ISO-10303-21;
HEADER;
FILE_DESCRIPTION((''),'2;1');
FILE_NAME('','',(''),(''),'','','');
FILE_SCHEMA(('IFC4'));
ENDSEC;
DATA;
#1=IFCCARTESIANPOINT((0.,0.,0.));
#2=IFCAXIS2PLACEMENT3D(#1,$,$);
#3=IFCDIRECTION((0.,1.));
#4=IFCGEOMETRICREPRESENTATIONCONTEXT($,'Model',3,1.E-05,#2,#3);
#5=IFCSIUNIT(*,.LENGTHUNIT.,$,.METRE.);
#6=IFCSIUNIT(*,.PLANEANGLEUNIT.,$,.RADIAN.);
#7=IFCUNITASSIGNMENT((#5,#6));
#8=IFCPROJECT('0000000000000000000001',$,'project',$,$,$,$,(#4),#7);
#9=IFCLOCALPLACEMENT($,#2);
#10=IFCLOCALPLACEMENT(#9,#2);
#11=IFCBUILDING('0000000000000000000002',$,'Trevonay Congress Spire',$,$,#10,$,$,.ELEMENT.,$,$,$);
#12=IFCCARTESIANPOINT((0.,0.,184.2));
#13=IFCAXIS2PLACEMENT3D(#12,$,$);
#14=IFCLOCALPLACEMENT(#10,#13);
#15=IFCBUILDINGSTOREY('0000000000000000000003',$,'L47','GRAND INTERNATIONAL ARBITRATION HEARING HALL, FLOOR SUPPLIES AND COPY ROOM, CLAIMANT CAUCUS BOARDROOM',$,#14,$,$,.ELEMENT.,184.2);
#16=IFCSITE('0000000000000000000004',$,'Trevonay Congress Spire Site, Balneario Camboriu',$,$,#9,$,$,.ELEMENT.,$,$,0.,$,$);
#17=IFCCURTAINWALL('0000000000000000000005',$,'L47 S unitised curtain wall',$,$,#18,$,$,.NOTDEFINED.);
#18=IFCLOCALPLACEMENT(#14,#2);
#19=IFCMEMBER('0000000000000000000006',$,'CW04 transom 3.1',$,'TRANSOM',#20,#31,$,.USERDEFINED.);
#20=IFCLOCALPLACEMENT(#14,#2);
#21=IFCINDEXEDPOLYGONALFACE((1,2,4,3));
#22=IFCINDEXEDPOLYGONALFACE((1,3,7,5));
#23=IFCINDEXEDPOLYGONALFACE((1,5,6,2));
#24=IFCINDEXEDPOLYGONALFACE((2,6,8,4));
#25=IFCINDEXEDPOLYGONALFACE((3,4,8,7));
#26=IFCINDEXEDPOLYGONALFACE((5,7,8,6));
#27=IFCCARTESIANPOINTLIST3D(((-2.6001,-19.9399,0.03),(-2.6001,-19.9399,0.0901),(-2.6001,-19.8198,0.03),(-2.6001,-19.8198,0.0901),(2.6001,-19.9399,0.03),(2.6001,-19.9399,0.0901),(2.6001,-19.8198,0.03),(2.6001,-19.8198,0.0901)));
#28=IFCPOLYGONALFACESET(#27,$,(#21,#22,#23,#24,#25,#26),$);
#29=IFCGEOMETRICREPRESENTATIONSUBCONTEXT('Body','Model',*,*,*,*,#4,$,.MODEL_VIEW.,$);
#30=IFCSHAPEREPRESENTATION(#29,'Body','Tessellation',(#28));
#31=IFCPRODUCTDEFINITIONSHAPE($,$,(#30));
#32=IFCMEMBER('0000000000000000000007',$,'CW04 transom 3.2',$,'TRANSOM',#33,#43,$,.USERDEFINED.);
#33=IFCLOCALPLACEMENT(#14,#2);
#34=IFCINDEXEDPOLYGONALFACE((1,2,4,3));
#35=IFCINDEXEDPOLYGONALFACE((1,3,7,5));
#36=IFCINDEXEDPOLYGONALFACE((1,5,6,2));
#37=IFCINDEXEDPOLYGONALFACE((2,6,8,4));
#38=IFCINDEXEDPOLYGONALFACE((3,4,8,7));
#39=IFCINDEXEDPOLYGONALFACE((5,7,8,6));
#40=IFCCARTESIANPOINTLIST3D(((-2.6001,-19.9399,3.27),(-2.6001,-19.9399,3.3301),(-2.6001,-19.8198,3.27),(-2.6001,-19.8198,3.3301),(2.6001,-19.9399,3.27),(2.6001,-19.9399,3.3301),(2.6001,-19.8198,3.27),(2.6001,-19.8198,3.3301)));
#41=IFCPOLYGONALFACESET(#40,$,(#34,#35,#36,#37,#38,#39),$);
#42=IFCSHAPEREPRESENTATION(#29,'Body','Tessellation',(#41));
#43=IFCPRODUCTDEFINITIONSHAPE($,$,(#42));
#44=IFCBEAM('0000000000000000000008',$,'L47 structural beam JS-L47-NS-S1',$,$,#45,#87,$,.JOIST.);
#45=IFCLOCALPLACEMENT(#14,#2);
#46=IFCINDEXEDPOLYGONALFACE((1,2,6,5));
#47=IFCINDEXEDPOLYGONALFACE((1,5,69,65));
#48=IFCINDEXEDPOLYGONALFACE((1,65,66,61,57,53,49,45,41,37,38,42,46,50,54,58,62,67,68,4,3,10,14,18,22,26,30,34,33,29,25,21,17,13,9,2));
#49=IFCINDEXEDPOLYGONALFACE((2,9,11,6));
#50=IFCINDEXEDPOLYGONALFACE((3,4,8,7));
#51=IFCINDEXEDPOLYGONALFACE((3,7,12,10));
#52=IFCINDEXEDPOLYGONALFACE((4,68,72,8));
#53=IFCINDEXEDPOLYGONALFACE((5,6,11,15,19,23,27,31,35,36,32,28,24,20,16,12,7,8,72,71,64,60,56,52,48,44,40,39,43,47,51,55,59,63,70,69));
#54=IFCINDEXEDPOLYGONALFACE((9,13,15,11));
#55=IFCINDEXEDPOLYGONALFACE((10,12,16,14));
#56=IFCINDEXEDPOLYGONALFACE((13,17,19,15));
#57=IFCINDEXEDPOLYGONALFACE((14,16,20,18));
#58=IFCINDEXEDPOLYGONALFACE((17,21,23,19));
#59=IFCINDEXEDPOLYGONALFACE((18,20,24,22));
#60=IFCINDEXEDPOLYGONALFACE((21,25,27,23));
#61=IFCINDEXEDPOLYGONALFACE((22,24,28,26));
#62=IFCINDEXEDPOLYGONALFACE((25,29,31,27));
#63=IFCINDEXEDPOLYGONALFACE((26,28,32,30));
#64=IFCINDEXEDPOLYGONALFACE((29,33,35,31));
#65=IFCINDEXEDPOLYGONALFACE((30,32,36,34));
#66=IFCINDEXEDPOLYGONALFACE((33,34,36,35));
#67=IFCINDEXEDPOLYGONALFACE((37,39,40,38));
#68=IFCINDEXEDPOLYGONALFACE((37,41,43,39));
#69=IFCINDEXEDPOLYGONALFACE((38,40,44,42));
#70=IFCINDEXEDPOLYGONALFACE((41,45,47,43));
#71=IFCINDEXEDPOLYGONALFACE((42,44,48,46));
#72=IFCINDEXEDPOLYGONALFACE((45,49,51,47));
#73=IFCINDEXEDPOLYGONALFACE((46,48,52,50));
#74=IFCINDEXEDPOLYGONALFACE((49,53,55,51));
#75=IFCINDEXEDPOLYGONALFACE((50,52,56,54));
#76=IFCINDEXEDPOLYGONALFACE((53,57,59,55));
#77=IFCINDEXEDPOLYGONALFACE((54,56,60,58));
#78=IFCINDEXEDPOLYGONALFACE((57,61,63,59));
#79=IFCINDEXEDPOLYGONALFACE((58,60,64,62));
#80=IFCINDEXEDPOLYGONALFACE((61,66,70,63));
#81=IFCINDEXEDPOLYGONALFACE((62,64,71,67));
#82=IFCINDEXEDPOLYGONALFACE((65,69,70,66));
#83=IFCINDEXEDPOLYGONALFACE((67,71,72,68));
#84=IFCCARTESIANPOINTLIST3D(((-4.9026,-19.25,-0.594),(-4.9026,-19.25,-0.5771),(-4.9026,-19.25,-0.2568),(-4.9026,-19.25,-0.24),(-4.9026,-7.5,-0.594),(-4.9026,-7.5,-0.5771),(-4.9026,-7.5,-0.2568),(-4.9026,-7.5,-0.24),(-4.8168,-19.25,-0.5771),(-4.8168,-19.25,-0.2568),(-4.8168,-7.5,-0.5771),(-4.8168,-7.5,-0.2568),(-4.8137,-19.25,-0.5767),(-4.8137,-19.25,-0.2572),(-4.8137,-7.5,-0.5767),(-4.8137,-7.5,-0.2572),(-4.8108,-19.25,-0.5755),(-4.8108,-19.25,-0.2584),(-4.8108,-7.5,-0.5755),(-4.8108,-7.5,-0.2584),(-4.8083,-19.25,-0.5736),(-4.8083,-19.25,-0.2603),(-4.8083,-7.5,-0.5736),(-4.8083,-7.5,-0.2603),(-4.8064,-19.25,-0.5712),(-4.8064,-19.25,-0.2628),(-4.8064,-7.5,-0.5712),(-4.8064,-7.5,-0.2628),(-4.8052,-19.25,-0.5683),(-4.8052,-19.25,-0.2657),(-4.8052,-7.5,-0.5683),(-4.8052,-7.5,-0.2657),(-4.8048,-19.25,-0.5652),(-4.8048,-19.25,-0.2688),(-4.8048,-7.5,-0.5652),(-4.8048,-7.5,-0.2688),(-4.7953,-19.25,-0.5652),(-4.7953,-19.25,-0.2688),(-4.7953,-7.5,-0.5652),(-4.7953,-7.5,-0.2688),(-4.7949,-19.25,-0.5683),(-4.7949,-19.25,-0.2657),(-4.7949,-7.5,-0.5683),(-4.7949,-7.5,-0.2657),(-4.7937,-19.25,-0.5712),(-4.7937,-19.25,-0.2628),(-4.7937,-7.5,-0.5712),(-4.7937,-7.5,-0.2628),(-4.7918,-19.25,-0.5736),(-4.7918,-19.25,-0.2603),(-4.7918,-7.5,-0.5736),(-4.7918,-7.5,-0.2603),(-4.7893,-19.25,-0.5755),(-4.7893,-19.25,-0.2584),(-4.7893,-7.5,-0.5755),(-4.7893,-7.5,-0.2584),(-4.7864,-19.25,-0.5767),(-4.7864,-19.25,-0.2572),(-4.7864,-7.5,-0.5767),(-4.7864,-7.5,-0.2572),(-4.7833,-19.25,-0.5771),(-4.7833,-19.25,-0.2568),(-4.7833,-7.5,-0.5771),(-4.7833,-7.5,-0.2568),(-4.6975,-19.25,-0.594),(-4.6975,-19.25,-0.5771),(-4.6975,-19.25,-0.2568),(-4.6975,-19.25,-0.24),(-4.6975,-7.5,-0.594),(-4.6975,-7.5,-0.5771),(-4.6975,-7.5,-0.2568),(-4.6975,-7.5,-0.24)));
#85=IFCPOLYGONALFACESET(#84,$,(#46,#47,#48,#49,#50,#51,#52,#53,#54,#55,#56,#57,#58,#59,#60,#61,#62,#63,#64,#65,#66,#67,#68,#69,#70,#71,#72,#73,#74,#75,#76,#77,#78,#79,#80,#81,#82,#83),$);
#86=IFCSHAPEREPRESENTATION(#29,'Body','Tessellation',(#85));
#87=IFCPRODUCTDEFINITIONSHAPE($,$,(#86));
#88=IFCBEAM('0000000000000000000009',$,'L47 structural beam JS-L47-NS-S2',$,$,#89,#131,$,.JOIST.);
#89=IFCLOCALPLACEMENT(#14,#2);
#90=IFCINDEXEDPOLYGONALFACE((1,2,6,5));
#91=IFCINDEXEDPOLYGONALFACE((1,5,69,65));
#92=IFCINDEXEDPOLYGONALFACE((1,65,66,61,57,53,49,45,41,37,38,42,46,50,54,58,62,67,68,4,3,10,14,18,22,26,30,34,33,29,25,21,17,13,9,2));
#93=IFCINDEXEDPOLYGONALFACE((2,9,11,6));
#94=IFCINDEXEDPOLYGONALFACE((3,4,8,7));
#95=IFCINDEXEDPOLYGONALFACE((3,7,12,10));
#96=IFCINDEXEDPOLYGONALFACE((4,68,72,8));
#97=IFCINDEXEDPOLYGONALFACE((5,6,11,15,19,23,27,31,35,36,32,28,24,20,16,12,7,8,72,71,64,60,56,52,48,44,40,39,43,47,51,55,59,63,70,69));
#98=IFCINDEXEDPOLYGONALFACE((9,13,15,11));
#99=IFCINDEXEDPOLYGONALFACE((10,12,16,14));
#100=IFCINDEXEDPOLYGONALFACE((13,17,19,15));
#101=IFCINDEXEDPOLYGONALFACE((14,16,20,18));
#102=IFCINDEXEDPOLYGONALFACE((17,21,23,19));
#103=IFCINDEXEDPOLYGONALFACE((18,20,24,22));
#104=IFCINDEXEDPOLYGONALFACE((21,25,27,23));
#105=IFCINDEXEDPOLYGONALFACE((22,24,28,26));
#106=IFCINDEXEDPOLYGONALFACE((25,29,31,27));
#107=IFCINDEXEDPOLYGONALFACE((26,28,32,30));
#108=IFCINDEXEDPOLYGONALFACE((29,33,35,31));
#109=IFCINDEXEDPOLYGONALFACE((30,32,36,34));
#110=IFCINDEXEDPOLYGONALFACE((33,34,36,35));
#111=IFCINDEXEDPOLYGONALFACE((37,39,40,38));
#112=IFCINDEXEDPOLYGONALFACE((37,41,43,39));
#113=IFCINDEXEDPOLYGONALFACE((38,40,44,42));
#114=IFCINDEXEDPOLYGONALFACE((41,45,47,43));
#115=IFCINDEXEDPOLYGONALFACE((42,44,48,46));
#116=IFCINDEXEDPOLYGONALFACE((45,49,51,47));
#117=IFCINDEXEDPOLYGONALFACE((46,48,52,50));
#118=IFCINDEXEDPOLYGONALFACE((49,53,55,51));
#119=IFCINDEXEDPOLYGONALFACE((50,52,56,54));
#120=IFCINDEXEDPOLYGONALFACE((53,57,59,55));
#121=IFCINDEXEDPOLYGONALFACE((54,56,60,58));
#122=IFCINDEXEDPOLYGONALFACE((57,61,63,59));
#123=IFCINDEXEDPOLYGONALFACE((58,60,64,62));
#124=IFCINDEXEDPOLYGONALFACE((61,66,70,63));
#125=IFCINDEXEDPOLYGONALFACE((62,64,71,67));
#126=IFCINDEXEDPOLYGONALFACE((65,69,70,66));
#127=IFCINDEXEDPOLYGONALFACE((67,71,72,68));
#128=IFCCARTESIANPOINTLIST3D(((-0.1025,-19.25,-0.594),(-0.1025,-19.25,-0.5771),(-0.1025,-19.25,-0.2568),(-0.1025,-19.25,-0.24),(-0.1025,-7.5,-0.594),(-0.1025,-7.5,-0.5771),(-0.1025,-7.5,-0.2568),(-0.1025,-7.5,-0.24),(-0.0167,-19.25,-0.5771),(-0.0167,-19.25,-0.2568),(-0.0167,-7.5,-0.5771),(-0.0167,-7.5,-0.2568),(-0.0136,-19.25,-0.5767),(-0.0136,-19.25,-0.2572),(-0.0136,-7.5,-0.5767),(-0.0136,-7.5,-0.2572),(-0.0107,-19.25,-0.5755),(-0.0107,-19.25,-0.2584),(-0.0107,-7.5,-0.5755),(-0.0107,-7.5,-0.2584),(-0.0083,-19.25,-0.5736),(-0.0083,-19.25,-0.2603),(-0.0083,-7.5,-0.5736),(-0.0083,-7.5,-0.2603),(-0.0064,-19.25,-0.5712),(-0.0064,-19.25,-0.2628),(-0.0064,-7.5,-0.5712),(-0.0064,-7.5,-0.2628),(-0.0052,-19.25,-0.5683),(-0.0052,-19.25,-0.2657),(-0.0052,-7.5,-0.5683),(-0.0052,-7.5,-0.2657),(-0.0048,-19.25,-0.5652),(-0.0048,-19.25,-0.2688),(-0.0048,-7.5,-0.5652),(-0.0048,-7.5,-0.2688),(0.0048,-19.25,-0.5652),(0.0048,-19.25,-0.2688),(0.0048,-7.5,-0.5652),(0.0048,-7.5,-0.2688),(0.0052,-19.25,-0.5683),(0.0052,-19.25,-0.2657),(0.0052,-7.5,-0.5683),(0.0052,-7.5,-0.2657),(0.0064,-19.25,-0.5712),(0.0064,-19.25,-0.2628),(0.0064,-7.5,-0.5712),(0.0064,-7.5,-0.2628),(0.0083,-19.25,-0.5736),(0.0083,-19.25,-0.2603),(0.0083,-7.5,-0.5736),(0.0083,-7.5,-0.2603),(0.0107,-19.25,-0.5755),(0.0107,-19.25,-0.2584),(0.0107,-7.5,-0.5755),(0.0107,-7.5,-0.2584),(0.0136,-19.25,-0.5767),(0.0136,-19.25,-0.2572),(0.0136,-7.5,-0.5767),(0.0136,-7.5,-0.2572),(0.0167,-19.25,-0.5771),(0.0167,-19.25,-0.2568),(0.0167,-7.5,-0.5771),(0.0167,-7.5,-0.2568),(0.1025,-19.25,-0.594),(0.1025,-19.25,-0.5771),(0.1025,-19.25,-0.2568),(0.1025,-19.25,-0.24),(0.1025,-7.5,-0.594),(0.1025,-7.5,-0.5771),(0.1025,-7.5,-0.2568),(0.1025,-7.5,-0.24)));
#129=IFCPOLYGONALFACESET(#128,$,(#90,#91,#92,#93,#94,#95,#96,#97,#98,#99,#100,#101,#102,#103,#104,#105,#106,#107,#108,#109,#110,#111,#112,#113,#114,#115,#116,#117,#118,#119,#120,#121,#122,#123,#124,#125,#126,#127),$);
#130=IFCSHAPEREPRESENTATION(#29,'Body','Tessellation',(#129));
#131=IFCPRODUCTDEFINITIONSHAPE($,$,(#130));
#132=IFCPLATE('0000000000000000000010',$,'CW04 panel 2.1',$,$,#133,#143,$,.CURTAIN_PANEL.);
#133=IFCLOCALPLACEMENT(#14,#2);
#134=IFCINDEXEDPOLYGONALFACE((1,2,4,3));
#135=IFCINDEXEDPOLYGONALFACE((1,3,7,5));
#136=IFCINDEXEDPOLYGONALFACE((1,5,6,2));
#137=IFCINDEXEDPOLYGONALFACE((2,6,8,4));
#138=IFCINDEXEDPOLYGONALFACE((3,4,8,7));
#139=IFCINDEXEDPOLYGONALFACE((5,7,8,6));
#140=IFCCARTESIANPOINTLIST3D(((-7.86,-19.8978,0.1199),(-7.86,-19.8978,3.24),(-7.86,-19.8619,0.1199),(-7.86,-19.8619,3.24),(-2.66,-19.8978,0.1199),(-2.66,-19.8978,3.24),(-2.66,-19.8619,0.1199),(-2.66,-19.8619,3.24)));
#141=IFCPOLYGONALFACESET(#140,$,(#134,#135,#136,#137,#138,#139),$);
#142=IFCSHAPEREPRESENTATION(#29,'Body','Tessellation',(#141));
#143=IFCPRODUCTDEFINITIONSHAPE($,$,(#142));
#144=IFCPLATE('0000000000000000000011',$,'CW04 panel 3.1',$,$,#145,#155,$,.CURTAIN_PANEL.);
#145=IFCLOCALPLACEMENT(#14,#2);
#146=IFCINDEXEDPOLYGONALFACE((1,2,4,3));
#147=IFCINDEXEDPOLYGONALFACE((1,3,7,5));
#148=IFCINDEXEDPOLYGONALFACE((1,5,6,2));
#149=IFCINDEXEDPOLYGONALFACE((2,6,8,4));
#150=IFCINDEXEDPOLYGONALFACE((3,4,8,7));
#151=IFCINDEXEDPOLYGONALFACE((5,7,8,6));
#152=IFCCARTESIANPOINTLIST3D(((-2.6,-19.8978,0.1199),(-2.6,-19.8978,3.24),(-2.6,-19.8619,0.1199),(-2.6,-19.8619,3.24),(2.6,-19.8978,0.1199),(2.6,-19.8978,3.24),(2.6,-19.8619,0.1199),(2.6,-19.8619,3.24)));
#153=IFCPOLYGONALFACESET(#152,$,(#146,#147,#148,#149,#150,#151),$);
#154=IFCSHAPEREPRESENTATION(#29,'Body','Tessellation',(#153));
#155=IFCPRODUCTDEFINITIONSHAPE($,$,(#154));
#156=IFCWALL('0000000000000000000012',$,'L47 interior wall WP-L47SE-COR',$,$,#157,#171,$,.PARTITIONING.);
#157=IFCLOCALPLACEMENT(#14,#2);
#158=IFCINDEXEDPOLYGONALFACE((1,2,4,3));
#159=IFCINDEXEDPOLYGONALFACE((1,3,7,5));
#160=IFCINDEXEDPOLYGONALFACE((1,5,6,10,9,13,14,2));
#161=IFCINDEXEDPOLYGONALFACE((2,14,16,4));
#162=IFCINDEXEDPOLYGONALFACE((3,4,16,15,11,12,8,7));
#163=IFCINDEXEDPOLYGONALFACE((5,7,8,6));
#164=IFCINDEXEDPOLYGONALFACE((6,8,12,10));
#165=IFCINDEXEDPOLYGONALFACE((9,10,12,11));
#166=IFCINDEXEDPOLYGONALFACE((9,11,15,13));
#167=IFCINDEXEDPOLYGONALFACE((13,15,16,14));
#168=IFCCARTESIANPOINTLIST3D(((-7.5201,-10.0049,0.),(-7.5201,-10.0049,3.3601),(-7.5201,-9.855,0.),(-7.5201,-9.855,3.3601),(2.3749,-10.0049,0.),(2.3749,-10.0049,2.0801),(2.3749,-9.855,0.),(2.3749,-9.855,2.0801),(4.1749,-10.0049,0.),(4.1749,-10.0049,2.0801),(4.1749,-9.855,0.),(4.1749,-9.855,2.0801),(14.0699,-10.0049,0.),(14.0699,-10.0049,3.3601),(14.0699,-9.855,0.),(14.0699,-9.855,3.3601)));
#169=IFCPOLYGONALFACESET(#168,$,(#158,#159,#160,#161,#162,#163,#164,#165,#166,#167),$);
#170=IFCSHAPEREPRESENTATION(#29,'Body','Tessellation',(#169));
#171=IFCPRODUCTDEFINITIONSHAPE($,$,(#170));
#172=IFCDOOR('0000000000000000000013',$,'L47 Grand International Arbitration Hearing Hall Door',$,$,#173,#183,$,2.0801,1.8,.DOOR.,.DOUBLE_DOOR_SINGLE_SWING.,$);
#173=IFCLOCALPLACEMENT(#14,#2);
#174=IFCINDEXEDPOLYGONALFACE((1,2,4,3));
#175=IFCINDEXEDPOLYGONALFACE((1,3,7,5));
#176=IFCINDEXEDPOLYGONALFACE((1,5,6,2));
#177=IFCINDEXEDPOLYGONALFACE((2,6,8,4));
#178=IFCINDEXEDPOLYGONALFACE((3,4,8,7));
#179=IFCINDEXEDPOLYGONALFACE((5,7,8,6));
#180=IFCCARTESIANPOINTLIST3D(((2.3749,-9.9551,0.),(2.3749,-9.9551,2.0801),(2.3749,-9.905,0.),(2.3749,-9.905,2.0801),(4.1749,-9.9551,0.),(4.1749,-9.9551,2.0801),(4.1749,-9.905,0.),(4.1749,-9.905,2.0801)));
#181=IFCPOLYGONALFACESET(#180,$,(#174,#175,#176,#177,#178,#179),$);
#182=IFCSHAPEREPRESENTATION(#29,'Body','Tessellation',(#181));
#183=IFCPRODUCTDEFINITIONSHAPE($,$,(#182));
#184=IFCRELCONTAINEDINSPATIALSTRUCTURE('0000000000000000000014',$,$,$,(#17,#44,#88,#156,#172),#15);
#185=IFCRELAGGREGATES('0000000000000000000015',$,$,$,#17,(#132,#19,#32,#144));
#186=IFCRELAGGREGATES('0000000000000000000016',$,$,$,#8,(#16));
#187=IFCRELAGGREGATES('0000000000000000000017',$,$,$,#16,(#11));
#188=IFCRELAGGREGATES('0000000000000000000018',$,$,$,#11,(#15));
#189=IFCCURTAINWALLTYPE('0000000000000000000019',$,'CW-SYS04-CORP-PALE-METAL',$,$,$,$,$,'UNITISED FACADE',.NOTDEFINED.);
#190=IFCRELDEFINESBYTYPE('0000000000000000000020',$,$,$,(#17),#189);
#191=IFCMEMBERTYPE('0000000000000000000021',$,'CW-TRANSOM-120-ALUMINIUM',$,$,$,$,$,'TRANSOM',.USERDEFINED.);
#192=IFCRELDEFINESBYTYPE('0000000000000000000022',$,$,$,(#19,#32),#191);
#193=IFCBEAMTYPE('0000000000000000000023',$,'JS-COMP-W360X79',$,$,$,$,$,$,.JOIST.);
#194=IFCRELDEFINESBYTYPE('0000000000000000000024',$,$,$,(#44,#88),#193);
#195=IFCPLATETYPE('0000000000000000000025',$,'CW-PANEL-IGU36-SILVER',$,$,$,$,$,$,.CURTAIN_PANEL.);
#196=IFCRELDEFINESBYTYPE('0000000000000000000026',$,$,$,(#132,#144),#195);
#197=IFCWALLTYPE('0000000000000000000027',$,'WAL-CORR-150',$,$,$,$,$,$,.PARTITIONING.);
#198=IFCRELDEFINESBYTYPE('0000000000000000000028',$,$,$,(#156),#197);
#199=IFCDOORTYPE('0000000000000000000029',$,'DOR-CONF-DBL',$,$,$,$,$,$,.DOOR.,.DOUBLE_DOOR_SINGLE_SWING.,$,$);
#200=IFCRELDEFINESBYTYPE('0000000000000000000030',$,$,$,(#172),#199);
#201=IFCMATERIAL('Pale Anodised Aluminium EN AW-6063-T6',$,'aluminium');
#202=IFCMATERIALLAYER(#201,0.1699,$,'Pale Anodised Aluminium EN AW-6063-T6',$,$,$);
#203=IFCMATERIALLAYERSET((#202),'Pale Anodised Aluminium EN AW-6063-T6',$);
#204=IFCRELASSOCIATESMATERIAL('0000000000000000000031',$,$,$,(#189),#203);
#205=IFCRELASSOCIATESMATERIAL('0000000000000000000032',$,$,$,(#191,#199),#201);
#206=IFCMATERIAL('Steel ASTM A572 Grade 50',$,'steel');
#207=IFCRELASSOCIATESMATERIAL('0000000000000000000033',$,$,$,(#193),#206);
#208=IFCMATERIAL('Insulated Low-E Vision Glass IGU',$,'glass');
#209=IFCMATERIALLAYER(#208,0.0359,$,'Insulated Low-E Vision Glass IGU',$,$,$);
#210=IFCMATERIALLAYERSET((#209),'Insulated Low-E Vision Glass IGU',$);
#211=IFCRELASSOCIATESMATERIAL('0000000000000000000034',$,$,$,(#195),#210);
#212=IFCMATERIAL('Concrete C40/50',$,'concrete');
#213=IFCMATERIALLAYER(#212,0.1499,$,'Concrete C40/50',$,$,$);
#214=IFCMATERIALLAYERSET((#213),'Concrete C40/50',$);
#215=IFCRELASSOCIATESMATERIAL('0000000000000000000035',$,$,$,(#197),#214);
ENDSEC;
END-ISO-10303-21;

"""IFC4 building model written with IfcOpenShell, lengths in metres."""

from ifc_helpers import new_model, si_unit, direction, frame, frame_2d, origin, origin_2d, place, context, subcontext, project, spatial, rectangle, i_section, extrude, material, layer, layer_set, material_profile, profile_set, type_object, element, fill, aggregate, save


model = new_model("IFC4")

# Units and contexts
model_context = context("Model", 3, precision=1e-05, world=origin(), true_north=direction((0.0, 1.0)))
body_context = subcontext(model_context, "Body", "Model", "MODEL_VIEW")
ifc_project = project(units=[si_unit("LENGTHUNIT", "METRE"), si_unit("PLANEANGLEUNIT", "RADIAN")], contexts=[model_context])

# Site, building, storey
site_placement = place(None, origin())
site = spatial("IfcSite", under=ifc_project, at=site_placement, Name="Trevonay Congress Spire Site, Balneario Camboriu", CompositionType="ELEMENT", RefElevation=0.0)
building_placement = place(site_placement, origin())
building = spatial("IfcBuilding", under=site, at=building_placement, Name="Trevonay Congress Spire", CompositionType="ELEMENT")
storey_placement = place(building_placement, frame((0.0, 0.0, 184.2)))
storey = spatial("IfcBuildingStorey", under=building, at=storey_placement, Name="L47", Description="GRAND INTERNATIONAL ARBITRATION HEARING HALL, FLOOR SUPPLIES AND COPY ROOM, CLAIMANT CAUCUS BOARDROOM", CompositionType="ELEMENT", Elevation=184.2)

# Shared definitions
ifc_material_1 = material(Name="Steel ASTM A572 Grade 50", Category="steel")

# Curtain wall, members
ifc_material_2 = material(Name="Pale Anodised Aluminium EN AW-6063-T6", Category="aluminium")
ifc_layer_1 = layer(ifc_material_2, 0.1699, Name="Pale Anodised Aluminium EN AW-6063-T6")
ifc_layer_set_1 = layer_set([ifc_layer_1], Name="Pale Anodised Aluminium EN AW-6063-T6")
curtain_wall_type = type_object("IfcCurtainWallType", Name="CW-SYS04-CORP-PALE-METAL", ElementType="UNITISED FACADE", PredefinedType="NOTDEFINED", material=ifc_layer_set_1)
curtain_wall_placement = place(storey_placement, origin())
curtain_wall = element("IfcCurtainWall", 1, at=curtain_wall_placement, inside=storey, type_object=curtain_wall_type, Name="L47 S unitised curtain wall", PredefinedType="NOTDEFINED")
ifc_material_profile_1 = material_profile(ifc_material_2, rectangle(XDim=0.1201, YDim=0.0601, at=origin_2d()), Name="CW-TRANSOM-120-ALUMINIUM")
ifc_profile_set_1 = profile_set([ifc_material_profile_1], Name="Pale Anodised Aluminium EN AW-6063-T6")
member_type_1 = type_object("IfcMemberType", Name="CW-TRANSOM-120-ALUMINIUM", ElementType="TRANSOM", PredefinedType="USERDEFINED", material=ifc_profile_set_1)
member_1_placement = place(storey_placement, frame((-2.6001, -19.8799, 0.0601), z_axis=(1.0, 0.0, 0.0), x_axis=(0.0, 1.0, 0.0)))
member_1 = element("IfcMember", 2, at=member_1_placement, type_object=member_type_1, Name="CW04 transom 3.1", ObjectType="TRANSOM", PredefinedType="USERDEFINED", context=body_context, shape_type="SweptSolid", body=[
    extrude(rectangle(XDim=0.1201, YDim=0.0601, at=origin_2d()), origin(), (0.0, 0.0, 1.0), 5.2002),
])
member_2_placement = place(storey_placement, frame((-2.6001, -19.8799, 3.3), z_axis=(1.0, 0.0, 0.0), x_axis=(0.0, 1.0, 0.0)))
member_2 = element("IfcMember", 3, at=member_2_placement, type_object=member_type_1, Name="CW04 transom 3.2", ObjectType="TRANSOM", PredefinedType="USERDEFINED", context=body_context, shape_type="SweptSolid", body=[
    extrude(rectangle(XDim=0.1201, YDim=0.0601, at=origin_2d()), origin(), (0.0, 0.0, 1.0), 5.2002),
])

# Beams
ifc_material_profile_2 = material_profile(ifc_material_1, i_section(OverallWidth=0.2051, OverallDepth=0.354, WebThickness=0.0095, FlangeThickness=0.0168, FilletRadius=0.012, at=origin_2d()), Name="W360x79")
ifc_profile_set_2 = profile_set([ifc_material_profile_2], Name="Steel ASTM A572 Grade 50")
beam_type_1 = type_object("IfcBeamType", Name="JS-COMP-W360X79", PredefinedType="JOIST", material=ifc_profile_set_2)
for number, where, z_axis, x_axis, name in (
    (4, (-4.8, -19.25, -0.417), (0.0, 1.0, 0.0), (-1.0, 0.0, 0.0), "L47 structural beam JS-L47-NS-S1"),
    (5, (0.0, -19.25, -0.417), (0.0, 1.0, 0.0), (-1.0, 0.0, 0.0), "L47 structural beam JS-L47-NS-S2"),
):
    element("IfcBeam", number, at=place(storey_placement, frame(where, z_axis=z_axis, x_axis=x_axis)), inside=storey, type_object=beam_type_1, Name=name, PredefinedType="JOIST", context=body_context, shape_type="SweptSolid", body=[
        extrude(i_section(OverallWidth=0.2051, OverallDepth=0.354, WebThickness=0.0095, FlangeThickness=0.0168, FilletRadius=0.012, at=origin_2d()), origin(), (0.0, 0.0, 1.0), 11.75),
    ])

# Plates
ifc_material_3 = material(Name="Insulated Low-E Vision Glass IGU", Category="glass")
ifc_layer_2 = layer(ifc_material_3, 0.0359, Name="Insulated Low-E Vision Glass IGU")
ifc_layer_set_2 = layer_set([ifc_layer_2], Name="Insulated Low-E Vision Glass IGU")
plate_type = type_object("IfcPlateType", Name="CW-PANEL-IGU36-SILVER", PredefinedType="CURTAIN_PANEL", material=ifc_layer_set_2)
plate_1_placement = place(storey_placement, frame((-5.26, -19.8799, 0.1199), z_axis=(0.0, 0.0, 1.0), x_axis=(1.0, 0.0, 0.0)))
plate_1 = element("IfcPlate", 6, at=plate_1_placement, type_object=plate_type, Name="CW04 panel 2.1", PredefinedType="CURTAIN_PANEL", context=body_context, shape_type="SweptSolid", body=[
    extrude(rectangle(XDim=5.2, YDim=0.0359, at=origin_2d()), origin(), (0.0, 0.0, 1.0), 3.1201),
])
plate_2_placement = place(storey_placement, frame((0.0, -19.8799, 0.1199), z_axis=(0.0, 0.0, 1.0), x_axis=(1.0, 0.0, 0.0)))
plate_2 = element("IfcPlate", 7, at=plate_2_placement, type_object=plate_type, Name="CW04 panel 3.1", PredefinedType="CURTAIN_PANEL", context=body_context, shape_type="SweptSolid", body=[
    extrude(rectangle(XDim=5.2, YDim=0.0359, at=origin_2d()), origin(), (0.0, 0.0, 1.0), 3.1201),
])
aggregate(curtain_wall, [plate_1, member_1, member_2, plate_2])

# Wall, opening, door
ifc_material_4 = material(Name="Concrete C40/50", Category="concrete")
ifc_layer_3 = layer(ifc_material_4, 0.1499, Name="Concrete C40/50")
ifc_layer_set_3 = layer_set([ifc_layer_3], Name="Concrete C40/50")
wall_type_1 = type_object("IfcWallType", Name="WAL-CORR-150", PredefinedType="PARTITIONING", material=ifc_layer_set_3)
wall_placement = place(storey_placement, frame((-7.52, -9.9299, 0.0), z_axis=(0.0, 0.0, 1.0), x_axis=(1.0, 0.0, 0.0)))
wall = element("IfcWall", 8, at=wall_placement, inside=storey, type_object=wall_type_1, Name="L47 interior wall WP-L47SE-COR", PredefinedType="PARTITIONING", context=body_context, shape_type="SweptSolid", body=[
    extrude(rectangle(XDim=21.5901, YDim=0.1499, at=frame_2d((10.7949, 0.0))), origin(), (0.0, 0.0, 1.0), 3.3601),
])
opening_placement = place(wall_placement, frame((9.895, 0.0, 0.0)))
opening = element("IfcOpeningElement", 9, at=opening_placement, cuts=wall, PredefinedType="OPENING", context=body_context, shape_type="SweptSolid", body=[
    extrude(rectangle(XDim=1.8, YDim=2.0801, at=frame_2d((0.8999, 1.04))), frame((0.0, 0.085, 0.0), z_axis=(0.0, -1.0, 0.0), x_axis=(1.0, 0.0, 0.0)), (0.0, 0.0, 1.0), 0.1699),
])
door_type = type_object("IfcDoorType", Name="DOR-CONF-DBL", OperationType="DOUBLE_DOOR_SINGLE_SWING", PredefinedType="DOOR", material=ifc_material_2)
door_placement = place(opening_placement, origin())
door = element("IfcDoor", 10, at=door_placement, inside=storey, type_object=door_type, Name="L47 Grand International Arbitration Hearing Hall Door", OperationType="DOUBLE_DOOR_SINGLE_SWING", OverallHeight=2.0801, OverallWidth=1.8, PredefinedType="DOOR", context=body_context, shape_type="SweptSolid", body=[
    extrude(rectangle(XDim=1.8, YDim=2.0801, at=frame_2d((0.8999, 1.04))), frame((0.0, 0.0249, 0.0), z_axis=(0.0, -1.0, 0.0), x_axis=(1.0, 0.0, 0.0)), (0.0, 0.0, 1.0), 0.05),
])
fill(opening, door)

save(model, "model.ifc")
